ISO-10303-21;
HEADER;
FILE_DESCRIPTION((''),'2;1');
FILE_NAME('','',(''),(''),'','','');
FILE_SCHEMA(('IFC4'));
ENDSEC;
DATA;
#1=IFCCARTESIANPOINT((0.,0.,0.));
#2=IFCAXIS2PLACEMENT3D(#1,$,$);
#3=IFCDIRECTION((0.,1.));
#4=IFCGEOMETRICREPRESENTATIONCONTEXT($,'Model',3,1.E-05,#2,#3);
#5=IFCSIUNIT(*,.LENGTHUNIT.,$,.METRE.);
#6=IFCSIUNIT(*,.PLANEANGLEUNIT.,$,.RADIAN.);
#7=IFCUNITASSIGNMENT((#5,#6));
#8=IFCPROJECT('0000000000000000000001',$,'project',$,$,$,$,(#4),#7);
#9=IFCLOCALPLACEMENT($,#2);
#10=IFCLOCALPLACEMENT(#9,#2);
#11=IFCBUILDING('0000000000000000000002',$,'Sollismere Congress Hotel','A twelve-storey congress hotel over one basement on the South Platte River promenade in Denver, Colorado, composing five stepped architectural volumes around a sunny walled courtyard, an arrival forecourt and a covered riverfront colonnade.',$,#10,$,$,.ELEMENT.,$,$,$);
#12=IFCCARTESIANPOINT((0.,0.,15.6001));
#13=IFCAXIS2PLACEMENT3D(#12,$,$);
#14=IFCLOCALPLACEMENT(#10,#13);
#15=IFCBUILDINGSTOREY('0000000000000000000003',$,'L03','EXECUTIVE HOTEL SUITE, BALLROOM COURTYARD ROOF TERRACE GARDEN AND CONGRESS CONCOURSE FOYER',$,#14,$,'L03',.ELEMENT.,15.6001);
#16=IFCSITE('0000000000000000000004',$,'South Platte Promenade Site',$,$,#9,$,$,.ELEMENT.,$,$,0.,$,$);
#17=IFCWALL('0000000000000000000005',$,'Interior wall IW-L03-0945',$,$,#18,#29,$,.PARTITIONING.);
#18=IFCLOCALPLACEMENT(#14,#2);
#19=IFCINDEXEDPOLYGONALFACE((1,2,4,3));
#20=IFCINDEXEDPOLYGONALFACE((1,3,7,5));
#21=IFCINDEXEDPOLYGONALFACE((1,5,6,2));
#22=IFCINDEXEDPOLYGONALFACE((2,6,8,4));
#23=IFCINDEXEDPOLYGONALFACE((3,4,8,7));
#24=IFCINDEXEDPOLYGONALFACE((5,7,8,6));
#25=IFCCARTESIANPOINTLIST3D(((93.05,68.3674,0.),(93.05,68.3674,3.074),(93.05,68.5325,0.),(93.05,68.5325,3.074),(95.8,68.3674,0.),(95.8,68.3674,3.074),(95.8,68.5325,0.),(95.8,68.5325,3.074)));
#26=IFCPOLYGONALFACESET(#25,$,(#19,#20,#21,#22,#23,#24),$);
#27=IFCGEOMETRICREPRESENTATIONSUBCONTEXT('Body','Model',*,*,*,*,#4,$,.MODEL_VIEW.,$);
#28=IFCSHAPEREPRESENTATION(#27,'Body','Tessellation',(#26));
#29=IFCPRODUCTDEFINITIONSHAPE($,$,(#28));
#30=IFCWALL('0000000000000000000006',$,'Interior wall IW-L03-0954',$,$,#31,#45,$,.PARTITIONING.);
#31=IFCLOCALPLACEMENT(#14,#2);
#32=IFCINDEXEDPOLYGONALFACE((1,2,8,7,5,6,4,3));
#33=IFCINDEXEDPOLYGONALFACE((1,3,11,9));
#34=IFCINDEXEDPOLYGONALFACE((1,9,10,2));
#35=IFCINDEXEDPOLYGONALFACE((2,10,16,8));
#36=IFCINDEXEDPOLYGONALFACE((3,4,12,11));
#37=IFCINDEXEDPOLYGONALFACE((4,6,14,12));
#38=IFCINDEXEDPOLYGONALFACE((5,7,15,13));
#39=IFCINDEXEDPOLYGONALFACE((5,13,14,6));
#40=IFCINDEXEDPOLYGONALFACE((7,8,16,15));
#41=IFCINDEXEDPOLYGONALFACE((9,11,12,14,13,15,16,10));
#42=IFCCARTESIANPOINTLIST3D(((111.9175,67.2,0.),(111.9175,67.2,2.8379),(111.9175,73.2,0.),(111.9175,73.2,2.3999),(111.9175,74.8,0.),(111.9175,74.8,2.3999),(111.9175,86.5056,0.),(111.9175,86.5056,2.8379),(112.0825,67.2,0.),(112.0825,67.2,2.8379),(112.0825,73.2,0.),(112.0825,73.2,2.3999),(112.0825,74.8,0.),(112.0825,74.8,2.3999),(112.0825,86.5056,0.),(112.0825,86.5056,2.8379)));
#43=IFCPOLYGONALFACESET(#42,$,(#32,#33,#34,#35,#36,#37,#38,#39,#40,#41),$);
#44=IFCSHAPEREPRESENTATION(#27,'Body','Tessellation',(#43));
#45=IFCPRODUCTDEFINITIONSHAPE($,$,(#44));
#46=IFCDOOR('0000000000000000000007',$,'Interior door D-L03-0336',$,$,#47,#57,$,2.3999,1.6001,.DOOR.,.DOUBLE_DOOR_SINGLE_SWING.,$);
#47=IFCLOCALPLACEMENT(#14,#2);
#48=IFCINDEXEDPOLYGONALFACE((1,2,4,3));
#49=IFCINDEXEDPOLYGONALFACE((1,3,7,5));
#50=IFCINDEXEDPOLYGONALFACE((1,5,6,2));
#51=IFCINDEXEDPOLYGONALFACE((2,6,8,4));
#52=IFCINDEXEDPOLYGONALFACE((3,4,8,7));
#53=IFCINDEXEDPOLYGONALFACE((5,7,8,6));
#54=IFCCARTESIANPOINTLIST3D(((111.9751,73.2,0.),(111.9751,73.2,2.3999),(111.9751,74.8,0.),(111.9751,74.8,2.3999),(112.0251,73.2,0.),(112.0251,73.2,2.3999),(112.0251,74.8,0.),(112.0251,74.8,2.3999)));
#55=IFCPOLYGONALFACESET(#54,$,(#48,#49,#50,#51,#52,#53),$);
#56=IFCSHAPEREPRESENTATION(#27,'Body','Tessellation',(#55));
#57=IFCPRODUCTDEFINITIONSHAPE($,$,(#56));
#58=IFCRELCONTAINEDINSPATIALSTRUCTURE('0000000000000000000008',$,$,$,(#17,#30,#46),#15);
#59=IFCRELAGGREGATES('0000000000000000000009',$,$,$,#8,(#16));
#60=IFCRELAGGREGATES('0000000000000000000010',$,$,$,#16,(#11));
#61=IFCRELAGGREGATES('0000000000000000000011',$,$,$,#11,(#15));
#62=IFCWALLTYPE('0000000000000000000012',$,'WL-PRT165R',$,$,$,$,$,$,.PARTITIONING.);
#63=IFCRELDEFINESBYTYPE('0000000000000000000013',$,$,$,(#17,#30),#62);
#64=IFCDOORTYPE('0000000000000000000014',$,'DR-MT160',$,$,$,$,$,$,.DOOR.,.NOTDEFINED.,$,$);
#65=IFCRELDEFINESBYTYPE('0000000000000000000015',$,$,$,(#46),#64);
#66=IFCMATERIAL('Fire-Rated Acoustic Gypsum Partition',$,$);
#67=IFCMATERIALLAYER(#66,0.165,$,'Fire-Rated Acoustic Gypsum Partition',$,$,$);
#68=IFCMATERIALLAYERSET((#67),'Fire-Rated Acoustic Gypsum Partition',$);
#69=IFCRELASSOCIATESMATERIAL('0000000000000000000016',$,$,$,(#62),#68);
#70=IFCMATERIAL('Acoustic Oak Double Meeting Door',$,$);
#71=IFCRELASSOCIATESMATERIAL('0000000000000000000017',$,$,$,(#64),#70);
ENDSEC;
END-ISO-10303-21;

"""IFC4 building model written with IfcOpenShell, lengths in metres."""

from ifc_helpers import new_model, si_unit, direction, frame, frame_2d, origin, place, context, subcontext, project, spatial, rectangle, extrude, material, layer, layer_set, type_object, element, fill, save


model = new_model("IFC4")

# Units and contexts
model_context = context("Model", 3, precision=1e-05, world=origin(), true_north=direction((0.0, 1.0)))
body_context = subcontext(model_context, "Body", "Model", "MODEL_VIEW")
ifc_project = project(units=[si_unit("LENGTHUNIT", "METRE"), si_unit("PLANEANGLEUNIT", "RADIAN")], contexts=[model_context])

# Site, building, storey
site_placement = place(None, origin())
site = spatial("IfcSite", under=ifc_project, at=site_placement, Name="South Platte Promenade Site", CompositionType="ELEMENT", RefElevation=0.0)
building_placement = place(site_placement, origin())
building = spatial("IfcBuilding", under=site, at=building_placement, Name="Sollismere Congress Hotel", Description="A twelve-storey congress hotel over one basement on the South Platte River promenade in Denver, Colorado, composing five stepped architectural volumes around a sunny walled courtyard, an arrival forecourt and a covered riverfront colonnade.", CompositionType="ELEMENT")
storey_placement = place(building_placement, frame((0.0, 0.0, 15.6001)))
storey = spatial("IfcBuildingStorey", under=building, at=storey_placement, Name="L03", Description="EXECUTIVE HOTEL SUITE, BALLROOM COURTYARD ROOF TERRACE GARDEN AND CONGRESS CONCOURSE FOYER", LongName="L03", CompositionType="ELEMENT", Elevation=15.6001)

# Wall
ifc_material_1 = material(Name="Fire-Rated Acoustic Gypsum Partition")
ifc_layer_1 = layer(ifc_material_1, 0.165, Name="Fire-Rated Acoustic Gypsum Partition")
ifc_layer_set_1 = layer_set([ifc_layer_1], Name="Fire-Rated Acoustic Gypsum Partition")
wall_type_1 = type_object("IfcWallType", Name="WL-PRT165R", PredefinedType="PARTITIONING", material=ifc_layer_set_1)
wall_1_placement = place(storey_placement, frame((93.05, 68.45, 0.0), z_axis=(0.0, 0.0, 1.0), x_axis=(1.0, 0.0, 0.0)))
element("IfcWall", 1, at=wall_1_placement, inside=storey, type_object=wall_type_1, Name="Interior wall IW-L03-0945", PredefinedType="PARTITIONING", context=body_context, shape_type="SweptSolid", body=[
    extrude(rectangle(XDim=2.75, YDim=0.165, at=frame_2d((1.375, 0.0))), origin(), (0.0, 0.0, 1.0), 3.074),
])

# Wall, opening, door
wall_2_placement = place(storey_placement, frame((112.0, 67.2, 0.0), z_axis=(0.0, 0.0, 1.0), x_axis=(0.0, 1.0, 0.0)))
wall_2 = element("IfcWall", 2, at=wall_2_placement, inside=storey, type_object=wall_type_1, Name="Interior wall IW-L03-0954", PredefinedType="PARTITIONING", context=body_context, shape_type="SweptSolid", body=[
    extrude(rectangle(XDim=19.3057, YDim=0.165, at=frame_2d((9.6528, 0.0))), origin(), (0.0, 0.0, 1.0), 2.8379),
])
opening_1_placement = place(wall_2_placement, frame((6.0, 0.0, 0.0)))
opening_1 = element("IfcOpeningElement", 3, at=opening_1_placement, cuts=wall_2, PredefinedType="OPENING", context=body_context, shape_type="SweptSolid", body=[
    extrude(rectangle(XDim=1.6001, YDim=2.3999, at=frame_2d((0.8, 1.2))), frame((0.0, 0.0925, 0.0), z_axis=(0.0, -1.0, 0.0), x_axis=(1.0, 0.0, 0.0)), (0.0, 0.0, 1.0), 0.1851),
])
ifc_material_2 = material(Name="Acoustic Oak Double Meeting Door")
door_type_1 = type_object("IfcDoorType", Name="DR-MT160", OperationType="NOTDEFINED", PredefinedType="DOOR", material=ifc_material_2)
door_1_placement = place(opening_1_placement, origin())
door_1 = element("IfcDoor", 4, at=door_1_placement, inside=storey, type_object=door_type_1, Name="Interior door D-L03-0336", OperationType="DOUBLE_DOOR_SINGLE_SWING", OverallHeight=2.3999, OverallWidth=1.6001, PredefinedType="DOOR", context=body_context, shape_type="SweptSolid", body=[
    extrude(rectangle(XDim=1.6001, YDim=2.3999, at=frame_2d((0.8, 1.2))), frame((0.0, 0.0249, 0.0), z_axis=(0.0, -1.0, 0.0), x_axis=(1.0, 0.0, 0.0)), (0.0, 0.0, 1.0), 0.05),
])
fill(opening_1, door_1)

save(model, "model.ifc")
